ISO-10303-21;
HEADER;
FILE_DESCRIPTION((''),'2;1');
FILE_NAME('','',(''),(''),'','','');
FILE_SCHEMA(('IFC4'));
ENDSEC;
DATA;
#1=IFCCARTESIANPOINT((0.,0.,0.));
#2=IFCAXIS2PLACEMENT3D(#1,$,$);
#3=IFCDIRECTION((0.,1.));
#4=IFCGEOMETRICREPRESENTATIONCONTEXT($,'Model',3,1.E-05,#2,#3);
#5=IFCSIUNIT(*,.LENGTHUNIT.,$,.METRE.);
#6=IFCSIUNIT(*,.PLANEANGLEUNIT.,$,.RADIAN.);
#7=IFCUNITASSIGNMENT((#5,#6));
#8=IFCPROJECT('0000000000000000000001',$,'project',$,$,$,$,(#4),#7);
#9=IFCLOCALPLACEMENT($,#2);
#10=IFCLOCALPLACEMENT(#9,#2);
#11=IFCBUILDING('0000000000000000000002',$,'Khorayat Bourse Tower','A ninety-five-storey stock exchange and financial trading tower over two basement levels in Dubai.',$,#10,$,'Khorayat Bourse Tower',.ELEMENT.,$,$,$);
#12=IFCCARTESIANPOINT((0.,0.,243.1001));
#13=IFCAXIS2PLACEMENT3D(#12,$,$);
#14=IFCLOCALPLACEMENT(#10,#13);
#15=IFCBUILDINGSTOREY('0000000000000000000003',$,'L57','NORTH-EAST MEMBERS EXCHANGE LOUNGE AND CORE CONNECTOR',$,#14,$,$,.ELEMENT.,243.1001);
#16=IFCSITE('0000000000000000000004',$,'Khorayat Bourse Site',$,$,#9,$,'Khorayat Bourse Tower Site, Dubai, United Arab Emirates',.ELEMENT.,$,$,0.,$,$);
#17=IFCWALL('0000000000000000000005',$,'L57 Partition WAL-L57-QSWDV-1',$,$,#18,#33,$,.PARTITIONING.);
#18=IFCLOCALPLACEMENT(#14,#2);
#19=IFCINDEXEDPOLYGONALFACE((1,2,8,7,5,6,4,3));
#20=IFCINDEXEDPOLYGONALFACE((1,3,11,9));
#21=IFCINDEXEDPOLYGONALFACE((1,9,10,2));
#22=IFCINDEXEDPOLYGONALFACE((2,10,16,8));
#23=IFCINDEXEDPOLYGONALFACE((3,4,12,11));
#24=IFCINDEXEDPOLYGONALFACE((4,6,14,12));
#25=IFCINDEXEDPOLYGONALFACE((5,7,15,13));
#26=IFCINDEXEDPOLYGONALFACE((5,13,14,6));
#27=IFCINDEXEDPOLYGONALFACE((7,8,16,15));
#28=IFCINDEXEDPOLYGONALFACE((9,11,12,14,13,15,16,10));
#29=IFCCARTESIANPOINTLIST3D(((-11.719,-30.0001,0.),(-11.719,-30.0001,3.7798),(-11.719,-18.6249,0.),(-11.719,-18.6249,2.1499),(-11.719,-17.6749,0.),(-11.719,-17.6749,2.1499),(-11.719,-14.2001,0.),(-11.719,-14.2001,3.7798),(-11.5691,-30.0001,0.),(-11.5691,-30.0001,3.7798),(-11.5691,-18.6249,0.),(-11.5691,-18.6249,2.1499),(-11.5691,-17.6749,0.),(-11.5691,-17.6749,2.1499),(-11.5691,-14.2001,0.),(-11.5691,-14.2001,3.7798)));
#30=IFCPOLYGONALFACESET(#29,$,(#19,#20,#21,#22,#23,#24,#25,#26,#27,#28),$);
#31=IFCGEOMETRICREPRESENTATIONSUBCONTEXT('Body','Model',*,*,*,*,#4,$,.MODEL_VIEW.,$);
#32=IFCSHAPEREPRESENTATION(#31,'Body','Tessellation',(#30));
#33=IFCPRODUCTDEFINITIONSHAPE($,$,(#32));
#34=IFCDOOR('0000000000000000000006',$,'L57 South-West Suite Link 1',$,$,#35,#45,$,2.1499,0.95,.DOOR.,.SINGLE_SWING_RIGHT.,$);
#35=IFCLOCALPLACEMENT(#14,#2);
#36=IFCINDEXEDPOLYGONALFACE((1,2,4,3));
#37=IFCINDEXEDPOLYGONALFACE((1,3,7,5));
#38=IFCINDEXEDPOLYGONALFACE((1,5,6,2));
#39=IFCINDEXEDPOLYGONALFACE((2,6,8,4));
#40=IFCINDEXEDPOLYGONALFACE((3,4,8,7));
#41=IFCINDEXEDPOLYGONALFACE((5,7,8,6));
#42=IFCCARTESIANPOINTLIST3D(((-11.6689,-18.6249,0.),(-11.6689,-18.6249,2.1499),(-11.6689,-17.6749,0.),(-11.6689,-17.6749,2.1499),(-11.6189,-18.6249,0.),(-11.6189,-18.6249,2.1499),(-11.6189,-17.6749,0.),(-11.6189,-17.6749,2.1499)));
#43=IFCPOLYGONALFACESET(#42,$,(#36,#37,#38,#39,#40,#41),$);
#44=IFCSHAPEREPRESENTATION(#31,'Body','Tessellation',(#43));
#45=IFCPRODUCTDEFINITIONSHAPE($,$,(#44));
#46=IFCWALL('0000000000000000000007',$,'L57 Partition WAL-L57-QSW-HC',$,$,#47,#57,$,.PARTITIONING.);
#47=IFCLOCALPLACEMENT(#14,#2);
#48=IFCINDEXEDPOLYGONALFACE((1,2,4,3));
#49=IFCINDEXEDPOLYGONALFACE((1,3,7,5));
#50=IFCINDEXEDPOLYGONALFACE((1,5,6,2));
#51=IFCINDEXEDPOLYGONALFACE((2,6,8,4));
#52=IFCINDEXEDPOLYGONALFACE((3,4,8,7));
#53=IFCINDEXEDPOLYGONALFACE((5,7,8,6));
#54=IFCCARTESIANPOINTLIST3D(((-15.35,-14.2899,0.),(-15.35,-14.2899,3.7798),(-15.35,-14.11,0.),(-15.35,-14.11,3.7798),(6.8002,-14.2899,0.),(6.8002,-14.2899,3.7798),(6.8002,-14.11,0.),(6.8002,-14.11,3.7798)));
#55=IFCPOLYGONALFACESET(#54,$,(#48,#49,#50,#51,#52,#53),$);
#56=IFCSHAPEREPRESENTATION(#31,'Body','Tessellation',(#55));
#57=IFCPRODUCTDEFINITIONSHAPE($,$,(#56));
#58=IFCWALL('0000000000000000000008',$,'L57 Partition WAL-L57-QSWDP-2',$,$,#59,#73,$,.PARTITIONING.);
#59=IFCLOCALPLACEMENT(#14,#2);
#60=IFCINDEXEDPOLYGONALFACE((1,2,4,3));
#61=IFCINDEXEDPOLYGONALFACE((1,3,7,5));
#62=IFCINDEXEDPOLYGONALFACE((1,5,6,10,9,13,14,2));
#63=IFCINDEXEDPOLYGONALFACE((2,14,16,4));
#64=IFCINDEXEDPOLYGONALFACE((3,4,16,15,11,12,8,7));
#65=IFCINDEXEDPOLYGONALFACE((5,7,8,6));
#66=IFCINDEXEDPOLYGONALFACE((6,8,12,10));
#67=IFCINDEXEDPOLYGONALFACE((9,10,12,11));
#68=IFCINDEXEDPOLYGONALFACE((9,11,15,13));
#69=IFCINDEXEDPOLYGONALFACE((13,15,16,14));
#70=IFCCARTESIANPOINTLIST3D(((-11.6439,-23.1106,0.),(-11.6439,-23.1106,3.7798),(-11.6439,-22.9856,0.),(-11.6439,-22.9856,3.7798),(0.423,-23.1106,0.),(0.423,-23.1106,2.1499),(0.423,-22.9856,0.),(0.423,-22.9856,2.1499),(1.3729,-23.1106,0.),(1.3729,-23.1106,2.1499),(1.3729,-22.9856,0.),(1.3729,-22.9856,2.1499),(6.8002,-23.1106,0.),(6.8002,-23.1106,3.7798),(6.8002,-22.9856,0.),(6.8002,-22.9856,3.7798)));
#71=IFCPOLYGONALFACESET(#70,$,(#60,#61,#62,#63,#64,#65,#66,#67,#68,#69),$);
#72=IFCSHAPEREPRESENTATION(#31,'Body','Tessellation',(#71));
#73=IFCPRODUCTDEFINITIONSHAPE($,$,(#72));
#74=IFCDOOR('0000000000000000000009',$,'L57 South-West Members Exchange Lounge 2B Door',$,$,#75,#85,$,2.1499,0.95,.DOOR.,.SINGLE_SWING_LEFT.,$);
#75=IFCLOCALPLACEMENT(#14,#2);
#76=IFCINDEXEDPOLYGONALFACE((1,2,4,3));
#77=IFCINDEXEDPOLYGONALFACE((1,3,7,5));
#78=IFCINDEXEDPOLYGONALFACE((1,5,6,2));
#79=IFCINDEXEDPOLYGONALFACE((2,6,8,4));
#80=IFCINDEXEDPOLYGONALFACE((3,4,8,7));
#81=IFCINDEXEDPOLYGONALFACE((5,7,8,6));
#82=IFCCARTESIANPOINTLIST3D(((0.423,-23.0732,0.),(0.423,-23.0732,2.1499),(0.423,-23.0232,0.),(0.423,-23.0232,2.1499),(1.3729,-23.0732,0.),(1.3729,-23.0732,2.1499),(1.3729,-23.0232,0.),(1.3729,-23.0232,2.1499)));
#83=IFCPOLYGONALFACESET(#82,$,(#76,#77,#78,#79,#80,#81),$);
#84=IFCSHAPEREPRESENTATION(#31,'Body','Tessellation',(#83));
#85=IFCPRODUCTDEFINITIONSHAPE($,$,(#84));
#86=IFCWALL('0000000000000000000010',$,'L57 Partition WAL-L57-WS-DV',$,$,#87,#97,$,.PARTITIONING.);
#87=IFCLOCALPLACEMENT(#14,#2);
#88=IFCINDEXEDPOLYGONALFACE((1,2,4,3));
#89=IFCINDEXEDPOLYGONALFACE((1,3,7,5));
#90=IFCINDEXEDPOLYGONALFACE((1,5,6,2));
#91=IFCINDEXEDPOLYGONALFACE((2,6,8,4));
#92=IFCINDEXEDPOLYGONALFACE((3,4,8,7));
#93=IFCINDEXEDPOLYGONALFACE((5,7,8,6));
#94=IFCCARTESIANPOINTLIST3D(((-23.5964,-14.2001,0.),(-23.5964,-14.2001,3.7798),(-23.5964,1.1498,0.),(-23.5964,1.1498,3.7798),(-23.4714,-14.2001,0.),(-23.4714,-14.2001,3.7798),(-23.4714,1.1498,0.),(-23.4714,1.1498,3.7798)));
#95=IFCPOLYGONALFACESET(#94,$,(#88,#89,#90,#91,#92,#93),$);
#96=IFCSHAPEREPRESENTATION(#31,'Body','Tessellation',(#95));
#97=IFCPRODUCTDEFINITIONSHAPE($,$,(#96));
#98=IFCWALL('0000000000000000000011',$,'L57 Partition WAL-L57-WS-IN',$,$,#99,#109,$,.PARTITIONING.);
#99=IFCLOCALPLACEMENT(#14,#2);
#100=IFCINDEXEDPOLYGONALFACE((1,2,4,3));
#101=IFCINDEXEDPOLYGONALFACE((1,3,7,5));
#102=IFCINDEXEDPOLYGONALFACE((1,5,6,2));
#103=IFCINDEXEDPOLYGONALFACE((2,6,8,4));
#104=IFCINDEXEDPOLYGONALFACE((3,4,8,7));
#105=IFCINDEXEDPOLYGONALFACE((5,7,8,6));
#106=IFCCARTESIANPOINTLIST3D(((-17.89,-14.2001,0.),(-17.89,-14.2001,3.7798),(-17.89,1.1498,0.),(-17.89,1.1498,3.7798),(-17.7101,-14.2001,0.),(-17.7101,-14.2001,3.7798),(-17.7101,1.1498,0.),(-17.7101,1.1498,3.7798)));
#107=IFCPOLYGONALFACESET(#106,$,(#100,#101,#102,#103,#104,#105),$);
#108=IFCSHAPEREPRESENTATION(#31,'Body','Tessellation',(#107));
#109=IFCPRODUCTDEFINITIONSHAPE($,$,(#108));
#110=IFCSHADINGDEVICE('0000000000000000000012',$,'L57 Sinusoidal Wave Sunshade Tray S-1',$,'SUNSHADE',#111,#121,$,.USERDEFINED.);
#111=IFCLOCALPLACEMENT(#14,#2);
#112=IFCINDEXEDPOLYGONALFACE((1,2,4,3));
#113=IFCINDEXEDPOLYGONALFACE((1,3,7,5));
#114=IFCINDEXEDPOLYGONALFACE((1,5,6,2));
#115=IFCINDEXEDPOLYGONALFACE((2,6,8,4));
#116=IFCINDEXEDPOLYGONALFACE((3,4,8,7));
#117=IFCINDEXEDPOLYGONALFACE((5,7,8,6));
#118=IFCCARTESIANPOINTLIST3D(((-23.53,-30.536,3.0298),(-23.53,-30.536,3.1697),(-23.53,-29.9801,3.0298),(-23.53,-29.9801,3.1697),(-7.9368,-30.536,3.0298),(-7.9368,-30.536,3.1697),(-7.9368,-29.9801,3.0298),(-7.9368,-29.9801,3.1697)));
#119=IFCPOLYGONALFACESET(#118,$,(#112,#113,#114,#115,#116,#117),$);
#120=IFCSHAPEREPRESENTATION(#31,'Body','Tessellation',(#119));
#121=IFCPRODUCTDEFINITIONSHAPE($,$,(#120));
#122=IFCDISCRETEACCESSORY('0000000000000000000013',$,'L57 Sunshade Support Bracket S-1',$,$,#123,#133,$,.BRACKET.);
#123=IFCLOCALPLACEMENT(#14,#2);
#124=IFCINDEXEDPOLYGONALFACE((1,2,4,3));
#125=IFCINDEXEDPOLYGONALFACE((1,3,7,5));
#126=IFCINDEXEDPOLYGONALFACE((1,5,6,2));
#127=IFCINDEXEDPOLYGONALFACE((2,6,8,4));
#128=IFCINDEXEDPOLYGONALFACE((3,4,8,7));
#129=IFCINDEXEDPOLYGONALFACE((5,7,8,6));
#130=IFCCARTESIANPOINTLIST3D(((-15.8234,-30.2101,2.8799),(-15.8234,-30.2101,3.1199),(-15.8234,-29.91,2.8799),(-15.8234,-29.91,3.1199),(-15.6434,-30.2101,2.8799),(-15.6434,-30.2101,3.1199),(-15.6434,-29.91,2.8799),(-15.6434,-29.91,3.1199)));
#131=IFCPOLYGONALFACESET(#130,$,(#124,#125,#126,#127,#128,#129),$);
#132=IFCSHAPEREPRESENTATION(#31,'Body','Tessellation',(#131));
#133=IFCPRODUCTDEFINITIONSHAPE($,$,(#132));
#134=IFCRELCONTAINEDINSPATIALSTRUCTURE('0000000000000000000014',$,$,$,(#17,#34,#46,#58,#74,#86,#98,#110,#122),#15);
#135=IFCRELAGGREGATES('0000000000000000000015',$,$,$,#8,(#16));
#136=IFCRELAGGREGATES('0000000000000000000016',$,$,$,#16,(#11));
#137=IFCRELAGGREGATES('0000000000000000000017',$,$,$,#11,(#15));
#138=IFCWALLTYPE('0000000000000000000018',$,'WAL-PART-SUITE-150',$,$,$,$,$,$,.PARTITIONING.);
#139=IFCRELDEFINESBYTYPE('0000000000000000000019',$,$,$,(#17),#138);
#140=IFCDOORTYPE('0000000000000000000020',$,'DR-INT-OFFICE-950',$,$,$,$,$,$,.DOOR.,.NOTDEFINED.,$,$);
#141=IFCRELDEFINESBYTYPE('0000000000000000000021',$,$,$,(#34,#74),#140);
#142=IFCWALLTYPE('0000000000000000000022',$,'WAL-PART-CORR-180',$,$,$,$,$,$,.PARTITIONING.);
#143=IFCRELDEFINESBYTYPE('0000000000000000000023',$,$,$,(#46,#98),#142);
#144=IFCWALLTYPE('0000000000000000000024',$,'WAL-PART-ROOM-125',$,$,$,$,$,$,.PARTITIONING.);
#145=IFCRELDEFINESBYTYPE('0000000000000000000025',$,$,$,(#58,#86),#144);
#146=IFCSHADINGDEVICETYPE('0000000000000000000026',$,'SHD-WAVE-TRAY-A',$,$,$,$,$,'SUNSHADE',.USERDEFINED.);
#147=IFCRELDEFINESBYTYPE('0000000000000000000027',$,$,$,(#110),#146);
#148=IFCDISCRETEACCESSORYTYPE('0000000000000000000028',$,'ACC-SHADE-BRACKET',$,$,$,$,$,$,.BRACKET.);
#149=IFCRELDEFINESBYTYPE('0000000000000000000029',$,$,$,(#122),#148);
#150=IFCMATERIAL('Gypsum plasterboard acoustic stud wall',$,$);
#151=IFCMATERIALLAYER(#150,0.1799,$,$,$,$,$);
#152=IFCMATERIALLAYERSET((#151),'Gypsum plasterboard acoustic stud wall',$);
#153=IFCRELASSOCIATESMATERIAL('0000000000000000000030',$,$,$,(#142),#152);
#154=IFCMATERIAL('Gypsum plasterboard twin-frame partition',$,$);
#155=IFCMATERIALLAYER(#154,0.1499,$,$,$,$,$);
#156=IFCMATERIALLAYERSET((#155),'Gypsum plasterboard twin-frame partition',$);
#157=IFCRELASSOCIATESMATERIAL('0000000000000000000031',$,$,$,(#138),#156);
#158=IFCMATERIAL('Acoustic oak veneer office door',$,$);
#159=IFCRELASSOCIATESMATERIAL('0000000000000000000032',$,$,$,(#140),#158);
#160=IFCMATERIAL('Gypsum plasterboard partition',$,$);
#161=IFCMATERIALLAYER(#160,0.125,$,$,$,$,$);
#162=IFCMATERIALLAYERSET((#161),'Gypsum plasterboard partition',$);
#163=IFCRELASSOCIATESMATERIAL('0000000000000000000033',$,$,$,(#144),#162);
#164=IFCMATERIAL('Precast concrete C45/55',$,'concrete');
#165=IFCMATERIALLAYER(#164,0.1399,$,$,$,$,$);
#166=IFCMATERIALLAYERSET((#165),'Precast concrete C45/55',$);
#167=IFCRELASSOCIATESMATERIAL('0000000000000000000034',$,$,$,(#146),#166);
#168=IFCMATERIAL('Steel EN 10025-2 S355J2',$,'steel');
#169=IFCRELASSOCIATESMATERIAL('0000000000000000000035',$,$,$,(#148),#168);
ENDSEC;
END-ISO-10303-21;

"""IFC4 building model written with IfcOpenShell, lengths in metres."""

from ifc_helpers import new_model, si_unit, direction, frame, frame_2d, origin, origin_2d, place, context, subcontext, project, spatial, rectangle, extrude, source, transform, mapped, material, layer, layer_set, type_object, element, fill, save


model = new_model("IFC4")

# Units and contexts
model_context = context("Model", 3, precision=1e-05, world=origin(), true_north=direction((0.0, 1.0)))
body_context = subcontext(model_context, "Body", "Model", "MODEL_VIEW")
ifc_project = project(units=[si_unit("LENGTHUNIT", "METRE"), si_unit("PLANEANGLEUNIT", "RADIAN")], contexts=[model_context])

# Site, building, storey
site_placement = place(None, origin())
site = spatial("IfcSite", under=ifc_project, at=site_placement, Name="Khorayat Bourse Site", LongName="Khorayat Bourse Tower Site, Dubai, United Arab Emirates", CompositionType="ELEMENT", RefElevation=0.0)
building_placement = place(site_placement, origin())
building = spatial("IfcBuilding", under=site, at=building_placement, Name="Khorayat Bourse Tower", Description="A ninety-five-storey stock exchange and financial trading tower over two basement levels in Dubai.", LongName="Khorayat Bourse Tower", CompositionType="ELEMENT")
storey_placement = place(building_placement, frame((0.0, 0.0, 243.1001)))
storey = spatial("IfcBuildingStorey", under=building, at=storey_placement, Name="L57", Description="NORTH-EAST MEMBERS EXCHANGE LOUNGE AND CORE CONNECTOR", CompositionType="ELEMENT", Elevation=243.1001)

# Shared definitions
ifc_material_1 = material(Name="Steel EN 10025-2 S355J2", Category="steel")

# Shared definitions
ifc_material_2 = material(Name="Gypsum plasterboard acoustic stud wall")
ifc_layer_1 = layer(ifc_material_2, 0.1799)
ifc_layer_set_1 = layer_set([ifc_layer_1], Name="Gypsum plasterboard acoustic stud wall")
wall_type_1 = type_object("IfcWallType", Name="WAL-PART-CORR-180", PredefinedType="PARTITIONING", material=ifc_layer_set_1)

# Wall, opening, door
ifc_material_3 = material(Name="Gypsum plasterboard twin-frame partition")
ifc_layer_2 = layer(ifc_material_3, 0.1499)
ifc_layer_set_2 = layer_set([ifc_layer_2], Name="Gypsum plasterboard twin-frame partition")
wall_type_2 = type_object("IfcWallType", Name="WAL-PART-SUITE-150", PredefinedType="PARTITIONING", material=ifc_layer_set_2)
shared_shape_1 = source(origin(), body_context, "Body", "SweptSolid", [
    extrude(rectangle(XDim=15.8, YDim=0.1499, at=frame_2d((7.8999, 0.0))), origin(), (0.0, 0.0, 1.0), 3.7798),
])
wall_1_placement = place(storey_placement, frame((-11.644, -30.0, 0.0), z_axis=(0.0, 0.0, 1.0), x_axis=(0.0, 1.0, 0.0)))
wall_1 = element("IfcWall", 1, at=wall_1_placement, inside=storey, type_object=wall_type_2, Name="L57 Partition WAL-L57-QSWDV-1", PredefinedType="PARTITIONING", context=body_context, shape_type="MappedRepresentation", body=[
    mapped(shared_shape_1, transform((0.0, 0.0, 0.0), scale=1.0)),
])
shared_shape_2 = source(origin(), body_context, "Body", "SweptSolid", [
    extrude(rectangle(XDim=0.95, YDim=2.1499, at=frame_2d((0.4751, 1.075))), frame((0.0, 0.085, 0.0), z_axis=(0.0, -1.0, 0.0), x_axis=(1.0, 0.0, 0.0)), (0.0, 0.0, 1.0), 0.1699),
])
opening_1_placement = place(wall_1_placement, frame((11.375, 0.0, 0.0)))
opening_1 = element("IfcOpeningElement", 2, at=opening_1_placement, cuts=wall_1, PredefinedType="OPENING", context=body_context, shape_type="MappedRepresentation", body=[
    mapped(shared_shape_2, transform((0.0, 0.0, 0.0), scale=1.0)),
])
ifc_material_4 = material(Name="Acoustic oak veneer office door")
door_type = type_object("IfcDoorType", Name="DR-INT-OFFICE-950", OperationType="NOTDEFINED", PredefinedType="DOOR", material=ifc_material_4)
shared_shape_3 = source(origin(), body_context, "Body", "SweptSolid", [
    extrude(rectangle(XDim=0.95, YDim=2.1499, at=frame_2d((0.4751, 1.075))), frame((0.0, 0.0249, 0.0), z_axis=(0.0, -1.0, 0.0), x_axis=(1.0, 0.0, 0.0)), (0.0, 0.0, 1.0), 0.05),
])
door_1_placement = place(opening_1_placement, origin())
door_1 = element("IfcDoor", 3, at=door_1_placement, inside=storey, type_object=door_type, Name="L57 South-West Suite Link 1", OperationType="SINGLE_SWING_RIGHT", OverallHeight=2.1499, OverallWidth=0.95, PredefinedType="DOOR", context=body_context, shape_type="MappedRepresentation", body=[
    mapped(shared_shape_3, transform((0.0, 0.0, 0.0), scale=1.0)),
])
fill(opening_1, door_1)

# Wall
shared_shape_4 = source(origin(), body_context, "Body", "SweptSolid", [
    extrude(rectangle(XDim=22.1501, YDim=0.1799, at=frame_2d((11.0752, 0.0))), origin(), (0.0, 0.0, 1.0), 3.7798),
])
wall_2_placement = place(storey_placement, frame((-15.3501, -14.2, 0.0), z_axis=(0.0, 0.0, 1.0), x_axis=(1.0, 0.0, 0.0)))
element("IfcWall", 4, at=wall_2_placement, inside=storey, type_object=wall_type_1, Name="L57 Partition WAL-L57-QSW-HC", PredefinedType="PARTITIONING", context=body_context, shape_type="MappedRepresentation", body=[
    mapped(shared_shape_4, transform((0.0, 0.0, 0.0), scale=1.0)),
])

# Wall, opening, door
ifc_material_5 = material(Name="Gypsum plasterboard partition")
ifc_layer_3 = layer(ifc_material_5, 0.125)
ifc_layer_set_3 = layer_set([ifc_layer_3], Name="Gypsum plasterboard partition")
wall_type_3 = type_object("IfcWallType", Name="WAL-PART-ROOM-125", PredefinedType="PARTITIONING", material=ifc_layer_set_3)
shared_shape_5 = source(origin(), body_context, "Body", "SweptSolid", [
    extrude(rectangle(XDim=18.4441, YDim=0.125, at=frame_2d((9.2222, 0.0))), origin(), (0.0, 0.0, 1.0), 3.7798),
])
wall_3_placement = place(storey_placement, frame((-11.644, -23.0481, 0.0), z_axis=(0.0, 0.0, 1.0), x_axis=(1.0, 0.0, 0.0)))
wall_3 = element("IfcWall", 5, at=wall_3_placement, inside=storey, type_object=wall_type_3, Name="L57 Partition WAL-L57-QSWDP-2", PredefinedType="PARTITIONING", context=body_context, shape_type="MappedRepresentation", body=[
    mapped(shared_shape_5, transform((0.0, 0.0, 0.0), scale=1.0)),
])
shared_shape_6 = source(origin(), body_context, "Body", "SweptSolid", [
    extrude(rectangle(XDim=0.95, YDim=2.1499, at=frame_2d((0.4751, 1.075))), frame((0.0, 0.0725, 0.0), z_axis=(0.0, -1.0, 0.0), x_axis=(1.0, 0.0, 0.0)), (0.0, 0.0, 1.0), 0.145),
])
opening_2_placement = place(wall_3_placement, frame((12.0669, 0.0, 0.0)))
opening_2 = element("IfcOpeningElement", 6, at=opening_2_placement, cuts=wall_3, PredefinedType="OPENING", context=body_context, shape_type="MappedRepresentation", body=[
    mapped(shared_shape_6, transform((0.0, 0.0, 0.0), scale=1.0)),
])
door_2_placement = place(opening_2_placement, origin())
door_2 = element("IfcDoor", 7, at=door_2_placement, inside=storey, type_object=door_type, Name="L57 South-West Members Exchange Lounge 2B Door", OperationType="SINGLE_SWING_LEFT", OverallHeight=2.1499, OverallWidth=0.95, PredefinedType="DOOR", context=body_context, shape_type="MappedRepresentation", body=[
    mapped(shared_shape_3, transform((0.0, 0.0, 0.0), scale=1.0)),
])
fill(opening_2, door_2)

# Walls
shared_shape_7 = source(origin(), body_context, "Body", "SweptSolid", [
    extrude(rectangle(XDim=15.3499, YDim=0.125, at=frame_2d((7.6748, 0.0))), origin(), (0.0, 0.0, 1.0), 3.7798),
])
wall_4_placement = place(storey_placement, frame((-23.5339, -14.2, 0.0), z_axis=(0.0, 0.0, 1.0), x_axis=(0.0, 1.0, 0.0)))
element("IfcWall", 8, at=wall_4_placement, inside=storey, type_object=wall_type_3, Name="L57 Partition WAL-L57-WS-DV", PredefinedType="PARTITIONING", context=body_context, shape_type="MappedRepresentation", body=[
    mapped(shared_shape_7, transform((0.0, 0.0, 0.0), scale=1.0)),
])
shared_shape_8 = source(origin(), body_context, "Body", "SweptSolid", [
    extrude(rectangle(XDim=15.3499, YDim=0.1799, at=frame_2d((7.6748, 0.0))), origin(), (0.0, 0.0, 1.0), 3.7798),
])
wall_5_placement = place(storey_placement, frame((-17.8, -14.2, 0.0), z_axis=(0.0, 0.0, 1.0), x_axis=(0.0, 1.0, 0.0)))
element("IfcWall", 9, at=wall_5_placement, inside=storey, type_object=wall_type_1, Name="L57 Partition WAL-L57-WS-IN", PredefinedType="PARTITIONING", context=body_context, shape_type="MappedRepresentation", body=[
    mapped(shared_shape_8, transform((0.0, 0.0, 0.0), scale=1.0)),
])

# Shading device
ifc_material_6 = material(Name="Precast concrete C45/55", Category="concrete")
ifc_layer_4 = layer(ifc_material_6, 0.1399)
ifc_layer_set_4 = layer_set([ifc_layer_4], Name="Precast concrete C45/55")
shading_device_type = type_object("IfcShadingDeviceType", Name="SHD-WAVE-TRAY-A", ElementType="SUNSHADE", PredefinedType="USERDEFINED", material=ifc_layer_set_4)
shared_shape_9 = source(origin(), body_context, "Body", "SweptSolid", [
    extrude(rectangle(XDim=15.5933, YDim=0.5559, at=origin_2d()), origin(), (0.0, 0.0, 1.0), 0.1399),
])
shading_device_placement = place(storey_placement, frame((-15.7334, -30.2581, 3.0298), z_axis=(0.0, 0.0, 1.0), x_axis=(1.0, 0.0, 0.0)))
element("IfcShadingDevice", 10, at=shading_device_placement, inside=storey, type_object=shading_device_type, Name="L57 Sinusoidal Wave Sunshade Tray S-1", ObjectType="SUNSHADE", PredefinedType="USERDEFINED", context=body_context, shape_type="MappedRepresentation", body=[
    mapped(shared_shape_9, transform((0.0, 0.0, 0.0), scale=1.0)),
])

# Discrete accessory
discrete_accessory_type = type_object("IfcDiscreteAccessoryType", Name="ACC-SHADE-BRACKET", PredefinedType="BRACKET", material=ifc_material_1)
shared_shape_10 = source(origin(), body_context, "Body", "SweptSolid", [
    extrude(rectangle(XDim=0.1799, YDim=0.3, at=origin_2d()), origin(), (0.0, 0.0, 1.0), 0.24),
])
discrete_accessory_placement = place(storey_placement, frame((-15.7334, -30.0601, 2.8799), z_axis=(0.0, 0.0, 1.0), x_axis=(1.0, 0.0, 0.0)))
element("IfcDiscreteAccessory", 11, at=discrete_accessory_placement, inside=storey, type_object=discrete_accessory_type, Name="L57 Sunshade Support Bracket S-1", PredefinedType="BRACKET", context=body_context, shape_type="MappedRepresentation", body=[
    mapped(shared_shape_10, transform((0.0, 0.0, 0.0), scale=1.0)),
])

save(model, "model.ifc")
